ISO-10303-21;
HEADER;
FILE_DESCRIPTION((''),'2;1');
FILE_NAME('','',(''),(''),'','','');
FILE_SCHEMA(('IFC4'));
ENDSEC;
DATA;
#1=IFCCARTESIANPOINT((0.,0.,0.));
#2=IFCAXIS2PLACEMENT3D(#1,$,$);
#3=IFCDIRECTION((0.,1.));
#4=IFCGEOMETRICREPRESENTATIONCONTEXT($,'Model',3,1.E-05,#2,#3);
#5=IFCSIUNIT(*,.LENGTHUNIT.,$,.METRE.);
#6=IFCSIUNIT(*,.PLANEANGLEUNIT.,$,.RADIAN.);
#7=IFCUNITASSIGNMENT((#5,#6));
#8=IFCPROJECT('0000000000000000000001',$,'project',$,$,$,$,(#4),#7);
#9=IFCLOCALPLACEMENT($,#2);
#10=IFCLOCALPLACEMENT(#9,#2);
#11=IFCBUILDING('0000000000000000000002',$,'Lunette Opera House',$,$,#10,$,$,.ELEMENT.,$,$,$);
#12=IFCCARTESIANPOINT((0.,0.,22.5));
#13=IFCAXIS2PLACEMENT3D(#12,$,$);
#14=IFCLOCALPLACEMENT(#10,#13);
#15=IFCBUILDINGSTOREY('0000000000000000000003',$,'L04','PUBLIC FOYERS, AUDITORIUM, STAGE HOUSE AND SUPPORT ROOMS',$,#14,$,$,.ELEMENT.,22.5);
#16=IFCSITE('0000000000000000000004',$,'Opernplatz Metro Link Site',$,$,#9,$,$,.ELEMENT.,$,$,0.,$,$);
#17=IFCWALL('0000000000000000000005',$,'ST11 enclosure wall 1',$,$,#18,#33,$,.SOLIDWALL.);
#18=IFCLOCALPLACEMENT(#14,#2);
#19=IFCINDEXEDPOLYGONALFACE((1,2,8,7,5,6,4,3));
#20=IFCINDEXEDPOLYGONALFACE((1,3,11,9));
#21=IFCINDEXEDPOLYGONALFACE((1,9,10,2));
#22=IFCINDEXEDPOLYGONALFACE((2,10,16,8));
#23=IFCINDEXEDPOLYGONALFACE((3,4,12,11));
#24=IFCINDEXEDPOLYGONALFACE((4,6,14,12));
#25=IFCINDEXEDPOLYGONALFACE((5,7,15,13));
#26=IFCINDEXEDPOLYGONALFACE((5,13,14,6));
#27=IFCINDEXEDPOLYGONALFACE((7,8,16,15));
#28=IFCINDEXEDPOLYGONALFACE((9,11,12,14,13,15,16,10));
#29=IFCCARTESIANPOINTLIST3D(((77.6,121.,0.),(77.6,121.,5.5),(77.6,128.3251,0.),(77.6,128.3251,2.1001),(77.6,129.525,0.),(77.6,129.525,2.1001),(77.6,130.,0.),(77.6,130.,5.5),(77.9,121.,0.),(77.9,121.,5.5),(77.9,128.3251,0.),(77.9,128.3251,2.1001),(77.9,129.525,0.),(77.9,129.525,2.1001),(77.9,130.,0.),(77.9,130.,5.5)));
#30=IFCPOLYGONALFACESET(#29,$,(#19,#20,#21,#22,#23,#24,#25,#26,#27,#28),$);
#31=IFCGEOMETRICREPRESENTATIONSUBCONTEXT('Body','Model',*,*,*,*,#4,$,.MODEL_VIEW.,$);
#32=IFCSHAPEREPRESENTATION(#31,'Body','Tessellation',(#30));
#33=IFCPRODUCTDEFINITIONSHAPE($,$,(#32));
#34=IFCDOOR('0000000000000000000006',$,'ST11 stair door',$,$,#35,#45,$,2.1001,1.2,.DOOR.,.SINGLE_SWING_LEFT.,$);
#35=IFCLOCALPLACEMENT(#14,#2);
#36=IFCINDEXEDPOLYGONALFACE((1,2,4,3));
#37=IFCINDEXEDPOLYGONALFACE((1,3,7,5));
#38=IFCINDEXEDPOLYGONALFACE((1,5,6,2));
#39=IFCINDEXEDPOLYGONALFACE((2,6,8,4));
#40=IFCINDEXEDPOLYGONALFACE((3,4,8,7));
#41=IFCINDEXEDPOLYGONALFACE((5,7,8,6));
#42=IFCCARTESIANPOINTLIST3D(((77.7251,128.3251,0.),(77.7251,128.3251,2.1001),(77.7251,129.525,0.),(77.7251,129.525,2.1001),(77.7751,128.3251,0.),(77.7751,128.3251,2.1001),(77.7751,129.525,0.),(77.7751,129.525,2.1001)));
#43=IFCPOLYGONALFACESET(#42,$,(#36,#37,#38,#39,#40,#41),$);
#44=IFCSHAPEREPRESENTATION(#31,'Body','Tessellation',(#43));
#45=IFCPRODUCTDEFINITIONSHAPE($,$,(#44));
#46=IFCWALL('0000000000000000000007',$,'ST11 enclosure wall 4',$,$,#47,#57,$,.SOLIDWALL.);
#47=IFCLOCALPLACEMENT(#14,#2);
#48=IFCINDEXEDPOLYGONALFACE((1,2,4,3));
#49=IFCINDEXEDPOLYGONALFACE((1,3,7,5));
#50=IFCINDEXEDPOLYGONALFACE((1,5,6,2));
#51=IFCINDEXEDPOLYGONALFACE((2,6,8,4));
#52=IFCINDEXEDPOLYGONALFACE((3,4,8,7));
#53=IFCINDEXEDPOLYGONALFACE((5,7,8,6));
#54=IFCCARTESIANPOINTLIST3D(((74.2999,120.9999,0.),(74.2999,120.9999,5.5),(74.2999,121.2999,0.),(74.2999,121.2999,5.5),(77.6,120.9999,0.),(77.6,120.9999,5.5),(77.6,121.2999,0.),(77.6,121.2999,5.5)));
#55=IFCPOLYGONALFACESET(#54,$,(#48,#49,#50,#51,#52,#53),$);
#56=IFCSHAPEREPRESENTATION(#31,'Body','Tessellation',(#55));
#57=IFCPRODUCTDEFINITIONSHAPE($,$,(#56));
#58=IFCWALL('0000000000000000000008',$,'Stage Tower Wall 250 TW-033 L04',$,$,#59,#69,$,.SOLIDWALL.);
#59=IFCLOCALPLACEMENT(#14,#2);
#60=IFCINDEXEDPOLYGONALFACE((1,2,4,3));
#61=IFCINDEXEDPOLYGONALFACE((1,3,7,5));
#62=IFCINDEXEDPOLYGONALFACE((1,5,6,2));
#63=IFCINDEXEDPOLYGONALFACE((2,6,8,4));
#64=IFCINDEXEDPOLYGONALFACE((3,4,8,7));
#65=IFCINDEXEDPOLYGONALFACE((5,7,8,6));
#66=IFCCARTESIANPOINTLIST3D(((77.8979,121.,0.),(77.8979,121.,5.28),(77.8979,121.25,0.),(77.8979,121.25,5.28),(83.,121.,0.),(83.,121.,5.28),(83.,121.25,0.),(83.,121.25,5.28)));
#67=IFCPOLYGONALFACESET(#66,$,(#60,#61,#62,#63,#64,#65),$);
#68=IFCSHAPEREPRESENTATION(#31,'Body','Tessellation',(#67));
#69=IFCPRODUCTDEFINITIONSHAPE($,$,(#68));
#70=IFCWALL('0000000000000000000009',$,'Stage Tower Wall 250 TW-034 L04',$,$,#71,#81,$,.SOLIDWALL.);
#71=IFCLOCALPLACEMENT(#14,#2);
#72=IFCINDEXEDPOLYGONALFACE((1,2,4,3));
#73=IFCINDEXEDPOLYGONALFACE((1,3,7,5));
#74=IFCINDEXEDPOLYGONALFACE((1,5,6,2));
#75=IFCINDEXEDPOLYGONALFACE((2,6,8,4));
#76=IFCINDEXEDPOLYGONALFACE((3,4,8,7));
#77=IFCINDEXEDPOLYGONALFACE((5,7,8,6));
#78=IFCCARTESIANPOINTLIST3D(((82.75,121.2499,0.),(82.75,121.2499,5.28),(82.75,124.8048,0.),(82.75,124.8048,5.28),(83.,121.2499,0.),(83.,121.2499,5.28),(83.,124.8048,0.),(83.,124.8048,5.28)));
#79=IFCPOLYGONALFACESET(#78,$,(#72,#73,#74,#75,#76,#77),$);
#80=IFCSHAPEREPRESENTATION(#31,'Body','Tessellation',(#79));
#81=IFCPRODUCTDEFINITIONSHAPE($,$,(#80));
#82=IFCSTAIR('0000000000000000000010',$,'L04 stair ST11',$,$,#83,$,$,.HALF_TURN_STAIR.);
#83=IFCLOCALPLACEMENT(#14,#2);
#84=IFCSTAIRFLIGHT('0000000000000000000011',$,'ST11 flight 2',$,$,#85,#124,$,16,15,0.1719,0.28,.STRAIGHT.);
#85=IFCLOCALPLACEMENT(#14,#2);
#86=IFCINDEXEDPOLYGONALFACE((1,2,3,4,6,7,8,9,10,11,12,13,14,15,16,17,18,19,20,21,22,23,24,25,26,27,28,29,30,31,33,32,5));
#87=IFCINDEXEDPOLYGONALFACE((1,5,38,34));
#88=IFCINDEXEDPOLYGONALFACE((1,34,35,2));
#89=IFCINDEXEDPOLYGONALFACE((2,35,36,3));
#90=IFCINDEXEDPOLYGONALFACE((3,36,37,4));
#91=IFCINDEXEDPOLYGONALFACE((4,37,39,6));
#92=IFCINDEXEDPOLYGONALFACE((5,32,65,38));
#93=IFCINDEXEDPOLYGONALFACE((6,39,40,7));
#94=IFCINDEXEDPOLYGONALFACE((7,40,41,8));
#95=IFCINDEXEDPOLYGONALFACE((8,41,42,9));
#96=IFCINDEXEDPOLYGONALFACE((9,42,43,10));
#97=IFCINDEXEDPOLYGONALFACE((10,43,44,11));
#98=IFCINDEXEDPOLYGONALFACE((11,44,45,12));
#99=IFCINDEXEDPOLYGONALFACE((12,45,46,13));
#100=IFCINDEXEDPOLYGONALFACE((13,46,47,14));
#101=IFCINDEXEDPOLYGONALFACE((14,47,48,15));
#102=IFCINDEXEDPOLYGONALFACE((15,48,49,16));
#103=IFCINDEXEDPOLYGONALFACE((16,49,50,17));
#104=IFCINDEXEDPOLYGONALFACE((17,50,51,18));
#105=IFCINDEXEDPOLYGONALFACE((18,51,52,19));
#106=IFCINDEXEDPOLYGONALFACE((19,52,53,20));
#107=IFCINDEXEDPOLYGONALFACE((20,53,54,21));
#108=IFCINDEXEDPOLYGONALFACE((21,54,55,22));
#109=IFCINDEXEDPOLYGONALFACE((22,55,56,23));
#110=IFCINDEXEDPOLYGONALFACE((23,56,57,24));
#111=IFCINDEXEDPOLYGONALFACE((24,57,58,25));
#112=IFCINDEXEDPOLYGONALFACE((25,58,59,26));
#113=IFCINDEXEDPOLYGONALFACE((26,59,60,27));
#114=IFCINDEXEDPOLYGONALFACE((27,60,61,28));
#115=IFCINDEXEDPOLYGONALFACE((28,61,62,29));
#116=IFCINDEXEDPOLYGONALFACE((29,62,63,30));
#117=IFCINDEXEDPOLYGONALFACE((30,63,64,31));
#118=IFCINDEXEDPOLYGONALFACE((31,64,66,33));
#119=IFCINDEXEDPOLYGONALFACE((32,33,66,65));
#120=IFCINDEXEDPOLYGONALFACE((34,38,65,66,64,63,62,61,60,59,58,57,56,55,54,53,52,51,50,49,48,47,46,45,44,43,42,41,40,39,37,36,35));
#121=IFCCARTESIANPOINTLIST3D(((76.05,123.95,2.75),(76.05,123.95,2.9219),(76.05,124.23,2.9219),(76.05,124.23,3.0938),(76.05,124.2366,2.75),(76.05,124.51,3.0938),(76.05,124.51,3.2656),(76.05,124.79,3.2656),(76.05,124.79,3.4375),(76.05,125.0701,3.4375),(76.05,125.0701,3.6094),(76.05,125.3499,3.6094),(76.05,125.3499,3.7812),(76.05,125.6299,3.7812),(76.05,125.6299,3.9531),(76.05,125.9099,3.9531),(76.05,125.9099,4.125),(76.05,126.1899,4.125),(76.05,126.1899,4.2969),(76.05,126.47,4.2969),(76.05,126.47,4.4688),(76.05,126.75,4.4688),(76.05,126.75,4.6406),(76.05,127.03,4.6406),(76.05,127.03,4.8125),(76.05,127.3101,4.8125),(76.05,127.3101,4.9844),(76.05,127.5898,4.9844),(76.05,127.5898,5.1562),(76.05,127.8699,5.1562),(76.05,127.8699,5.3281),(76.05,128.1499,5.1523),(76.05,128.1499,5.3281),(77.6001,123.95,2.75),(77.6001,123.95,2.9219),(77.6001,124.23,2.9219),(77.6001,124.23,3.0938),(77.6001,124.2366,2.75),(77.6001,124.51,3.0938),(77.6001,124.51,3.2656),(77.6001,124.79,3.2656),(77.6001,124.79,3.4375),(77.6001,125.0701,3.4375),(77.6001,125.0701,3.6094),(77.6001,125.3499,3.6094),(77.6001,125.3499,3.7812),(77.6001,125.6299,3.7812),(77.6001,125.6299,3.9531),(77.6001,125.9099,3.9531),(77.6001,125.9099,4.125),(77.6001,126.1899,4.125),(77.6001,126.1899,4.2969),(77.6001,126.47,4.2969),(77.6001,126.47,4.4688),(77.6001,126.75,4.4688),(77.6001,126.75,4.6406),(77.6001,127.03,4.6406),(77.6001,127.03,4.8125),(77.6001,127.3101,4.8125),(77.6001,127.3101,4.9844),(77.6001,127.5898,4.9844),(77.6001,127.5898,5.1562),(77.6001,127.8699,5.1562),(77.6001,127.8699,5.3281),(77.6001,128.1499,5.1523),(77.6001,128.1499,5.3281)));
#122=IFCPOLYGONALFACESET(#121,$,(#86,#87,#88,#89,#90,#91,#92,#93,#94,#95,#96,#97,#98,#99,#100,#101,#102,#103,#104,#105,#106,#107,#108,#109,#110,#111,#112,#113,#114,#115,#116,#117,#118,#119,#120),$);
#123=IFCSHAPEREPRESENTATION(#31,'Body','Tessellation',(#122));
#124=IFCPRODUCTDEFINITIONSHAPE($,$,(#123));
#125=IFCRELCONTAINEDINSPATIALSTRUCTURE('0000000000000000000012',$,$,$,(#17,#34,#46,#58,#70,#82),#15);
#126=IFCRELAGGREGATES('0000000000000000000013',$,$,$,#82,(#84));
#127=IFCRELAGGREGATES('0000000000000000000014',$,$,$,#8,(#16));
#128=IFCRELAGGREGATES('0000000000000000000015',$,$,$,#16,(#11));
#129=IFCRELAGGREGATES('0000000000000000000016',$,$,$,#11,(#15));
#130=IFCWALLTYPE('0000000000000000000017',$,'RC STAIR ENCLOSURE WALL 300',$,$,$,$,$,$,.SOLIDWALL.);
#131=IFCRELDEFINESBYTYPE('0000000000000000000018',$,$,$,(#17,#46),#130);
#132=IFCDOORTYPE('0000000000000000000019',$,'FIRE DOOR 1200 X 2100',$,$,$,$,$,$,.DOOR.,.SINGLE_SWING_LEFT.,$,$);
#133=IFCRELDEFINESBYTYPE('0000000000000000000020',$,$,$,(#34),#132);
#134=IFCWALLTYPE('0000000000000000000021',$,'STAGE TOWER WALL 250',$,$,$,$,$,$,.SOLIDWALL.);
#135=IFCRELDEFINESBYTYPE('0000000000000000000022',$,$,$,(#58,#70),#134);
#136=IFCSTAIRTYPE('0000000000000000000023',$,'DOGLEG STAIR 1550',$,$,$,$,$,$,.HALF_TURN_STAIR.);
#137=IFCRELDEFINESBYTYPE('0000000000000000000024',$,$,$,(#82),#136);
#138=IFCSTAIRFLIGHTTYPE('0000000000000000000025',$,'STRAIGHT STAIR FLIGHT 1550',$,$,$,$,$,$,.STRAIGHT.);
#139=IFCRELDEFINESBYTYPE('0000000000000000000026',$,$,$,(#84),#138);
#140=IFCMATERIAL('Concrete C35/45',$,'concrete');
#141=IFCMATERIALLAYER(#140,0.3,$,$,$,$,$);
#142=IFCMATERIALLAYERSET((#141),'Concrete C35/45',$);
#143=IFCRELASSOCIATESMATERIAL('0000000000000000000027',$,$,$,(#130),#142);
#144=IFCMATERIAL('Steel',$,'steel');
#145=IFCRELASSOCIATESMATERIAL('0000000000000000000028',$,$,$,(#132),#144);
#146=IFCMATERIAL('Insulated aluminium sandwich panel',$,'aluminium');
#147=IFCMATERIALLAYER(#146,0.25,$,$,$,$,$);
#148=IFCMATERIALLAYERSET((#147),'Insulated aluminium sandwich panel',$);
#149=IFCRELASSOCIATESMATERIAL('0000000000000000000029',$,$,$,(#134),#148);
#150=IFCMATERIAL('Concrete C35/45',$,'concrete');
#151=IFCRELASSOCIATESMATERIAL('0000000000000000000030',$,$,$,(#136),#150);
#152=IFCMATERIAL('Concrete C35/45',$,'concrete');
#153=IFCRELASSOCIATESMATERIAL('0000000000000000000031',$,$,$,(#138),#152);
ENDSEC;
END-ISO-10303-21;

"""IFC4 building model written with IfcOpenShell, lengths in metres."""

from ifc_helpers import new_model, si_unit, direction, frame, frame_2d, origin, place, context, subcontext, project, spatial, polyline, rectangle, outline, extrude, material, layer, layer_set, type_object, element, fill, aggregate, save


model = new_model("IFC4")

# Units and contexts
model_context = context("Model", 3, precision=1e-05, world=origin(), true_north=direction((0.0, 1.0)))
body_context = subcontext(model_context, "Body", "Model", "MODEL_VIEW")
ifc_project = project(units=[si_unit("LENGTHUNIT", "METRE"), si_unit("PLANEANGLEUNIT", "RADIAN")], contexts=[model_context])

# Site, building, storey
site_placement = place(None, origin())
site = spatial("IfcSite", under=ifc_project, at=site_placement, Name="Opernplatz Metro Link Site", CompositionType="ELEMENT", RefElevation=0.0)
building_placement = place(site_placement, origin())
building = spatial("IfcBuilding", under=site, at=building_placement, Name="Lunette Opera House", CompositionType="ELEMENT")
storey_placement = place(building_placement, frame((0.0, 0.0, 22.5)))
storey = spatial("IfcBuildingStorey", under=building, at=storey_placement, Name="L04", Description="PUBLIC FOYERS, AUDITORIUM, STAGE HOUSE AND SUPPORT ROOMS", CompositionType="ELEMENT", Elevation=22.5)

# Wall, opening, door
ifc_material_1 = material(Name="Concrete C35/45", Category="concrete")
ifc_layer_1 = layer(ifc_material_1, 0.3)
ifc_layer_set_1 = layer_set([ifc_layer_1], Name="Concrete C35/45")
wall_type_1 = type_object("IfcWallType", Name="RC STAIR ENCLOSURE WALL 300", PredefinedType="SOLIDWALL", material=ifc_layer_set_1)
wall_1_placement = place(storey_placement, frame((77.75, 121.0, 0.0), z_axis=(0.0, 0.0, 1.0), x_axis=(0.0, 1.0, 0.0)))
wall_1 = element("IfcWall", 1, at=wall_1_placement, inside=storey, type_object=wall_type_1, Name="ST11 enclosure wall 1", PredefinedType="SOLIDWALL", context=body_context, shape_type="SweptSolid", body=[
    extrude(rectangle(XDim=9.0, YDim=0.3, at=frame_2d((4.5, 0.0))), origin(), (0.0, 0.0, 1.0), 5.5),
])
opening_placement = place(wall_1_placement, frame((7.325, 0.0, 0.0)))
opening = element("IfcOpeningElement", 2, at=opening_placement, cuts=wall_1, PredefinedType="OPENING", context=body_context, shape_type="SweptSolid", body=[
    extrude(rectangle(XDim=1.2, YDim=2.1001, at=frame_2d((0.6001, 1.05))), frame((0.0, 0.1621, 0.0), z_axis=(0.0, -1.0, 0.0), x_axis=(1.0, 0.0, 0.0)), (0.0, 0.0, 1.0), 0.324),
])
ifc_material_2 = material(Name="Steel", Category="steel")
door_type = type_object("IfcDoorType", Name="FIRE DOOR 1200 X 2100", OperationType="SINGLE_SWING_LEFT", PredefinedType="DOOR", material=ifc_material_2)
door_placement = place(opening_placement, origin())
door = element("IfcDoor", 3, at=door_placement, inside=storey, type_object=door_type, Name="ST11 stair door", OperationType="SINGLE_SWING_LEFT", OverallHeight=2.1001, OverallWidth=1.2, PredefinedType="DOOR", context=body_context, shape_type="SweptSolid", body=[
    extrude(rectangle(XDim=1.2, YDim=2.1001, at=frame_2d((0.6001, 1.05))), frame((0.0, 0.0249, 0.0), z_axis=(0.0, -1.0, 0.0), x_axis=(1.0, 0.0, 0.0)), (0.0, 0.0, 1.0), 0.05),
])
fill(opening, door)

# Walls
wall_2_placement = place(storey_placement, frame((74.3, 121.1499, 0.0), z_axis=(0.0, 0.0, 1.0), x_axis=(1.0, 0.0, 0.0)))
element("IfcWall", 4, at=wall_2_placement, inside=storey, type_object=wall_type_1, Name="ST11 enclosure wall 4", PredefinedType="SOLIDWALL", context=body_context, shape_type="SweptSolid", body=[
    extrude(rectangle(XDim=3.3, YDim=0.3, at=frame_2d((1.6499, 0.0))), origin(), (0.0, 0.0, 1.0), 5.5),
])
ifc_material_3 = material(Name="Insulated aluminium sandwich panel", Category="aluminium")
ifc_layer_2 = layer(ifc_material_3, 0.25)
ifc_layer_set_2 = layer_set([ifc_layer_2], Name="Insulated aluminium sandwich panel")
wall_type_2 = type_object("IfcWallType", Name="STAGE TOWER WALL 250", PredefinedType="SOLIDWALL", material=ifc_layer_set_2)
wall_3_placement = place(storey_placement, frame((77.8979, 121.125, 0.0), z_axis=(0.0, 0.0, 1.0), x_axis=(1.0, 0.0, 0.0)))
element("IfcWall", 5, at=wall_3_placement, inside=storey, type_object=wall_type_2, Name="Stage Tower Wall 250 TW-033 L04", PredefinedType="SOLIDWALL", context=body_context, shape_type="SweptSolid", body=[
    extrude(rectangle(XDim=5.1021, YDim=0.25, at=frame_2d((2.551, 0.0))), origin(), (0.0, 0.0, 1.0), 5.28),
])
wall_4_placement = place(storey_placement, frame((82.875, 121.25, 0.0), z_axis=(0.0, 0.0, 1.0), x_axis=(0.0, 1.0, 0.0)))
element("IfcWall", 6, at=wall_4_placement, inside=storey, type_object=wall_type_2, Name="Stage Tower Wall 250 TW-034 L04", PredefinedType="SOLIDWALL", context=body_context, shape_type="SweptSolid", body=[
    extrude(rectangle(XDim=3.5549, YDim=0.25, at=frame_2d((1.7773, 0.0))), origin(), (0.0, 0.0, 1.0), 5.28),
])

# Stair, stair flight
ifc_material_4 = material(Name="Concrete C35/45", Category="concrete")
stair_type = type_object("IfcStairType", Name="DOGLEG STAIR 1550", PredefinedType="HALF_TURN_STAIR", material=ifc_material_4)
stair_placement = place(storey_placement, origin())
stair = element("IfcStair", 7, at=stair_placement, inside=storey, type_object=stair_type, Name="L04 stair ST11", PredefinedType="HALF_TURN_STAIR")
ifc_material_5 = material(Name="Concrete C35/45", Category="concrete")
stair_flight_type = type_object("IfcStairFlightType", Name="STRAIGHT STAIR FLIGHT 1550", PredefinedType="STRAIGHT", material=ifc_material_5)
stair_flight_placement = place(storey_placement, frame((76.825, 123.95, 2.75), z_axis=(0.0, 0.0, 1.0), x_axis=(0.0, 1.0, 0.0)))
stair_flight = element("IfcStairFlight", 8, at=stair_flight_placement, type_object=stair_flight_type, Name="ST11 flight 2", NumberOfRisers=16, NumberOfTreads=15, PredefinedType="STRAIGHT", RiserHeight=0.1719, TreadLength=0.28, context=body_context, shape_type="SweptSolid", body=[
    extrude(outline(polyline([(0.0, 0.0), (0.0, 0.1719), (0.28, 0.1719), (0.28, 0.3438), (0.5601, 0.3438), (0.5601, 0.5156), (0.8401, 0.5156), (0.8401, 0.6875), (1.1201, 0.6875), (1.1201, 0.8594), (1.3999, 0.8594), (1.3999, 1.0312), (1.6799, 1.0312), (1.6799, 1.2031), (1.96, 1.2031), (1.96, 1.375), (2.24, 1.375), (2.24, 1.5469), (2.52, 1.5469), (2.52, 1.7188), (2.8, 1.7188), (2.8, 1.8906), (3.0801, 1.8906), (3.0801, 2.0625), (3.3601, 2.0625), (3.3601, 2.2344), (3.6399, 2.2344), (3.6399, 2.4062), (3.9199, 2.4062), (3.9199, 2.5781), (4.2, 2.5781), (4.2, 2.75), (4.2, 2.4023), (0.2866, 0.0), (0.0, 0.0)])), frame((0.0, 0.7749, 0.0), z_axis=(0.0, -1.0, 0.0), x_axis=(1.0, 0.0, 0.0)), (0.0, 0.0, 1.0), 1.55),
])
aggregate(stair, [stair_flight])

save(model, "model.ifc")
